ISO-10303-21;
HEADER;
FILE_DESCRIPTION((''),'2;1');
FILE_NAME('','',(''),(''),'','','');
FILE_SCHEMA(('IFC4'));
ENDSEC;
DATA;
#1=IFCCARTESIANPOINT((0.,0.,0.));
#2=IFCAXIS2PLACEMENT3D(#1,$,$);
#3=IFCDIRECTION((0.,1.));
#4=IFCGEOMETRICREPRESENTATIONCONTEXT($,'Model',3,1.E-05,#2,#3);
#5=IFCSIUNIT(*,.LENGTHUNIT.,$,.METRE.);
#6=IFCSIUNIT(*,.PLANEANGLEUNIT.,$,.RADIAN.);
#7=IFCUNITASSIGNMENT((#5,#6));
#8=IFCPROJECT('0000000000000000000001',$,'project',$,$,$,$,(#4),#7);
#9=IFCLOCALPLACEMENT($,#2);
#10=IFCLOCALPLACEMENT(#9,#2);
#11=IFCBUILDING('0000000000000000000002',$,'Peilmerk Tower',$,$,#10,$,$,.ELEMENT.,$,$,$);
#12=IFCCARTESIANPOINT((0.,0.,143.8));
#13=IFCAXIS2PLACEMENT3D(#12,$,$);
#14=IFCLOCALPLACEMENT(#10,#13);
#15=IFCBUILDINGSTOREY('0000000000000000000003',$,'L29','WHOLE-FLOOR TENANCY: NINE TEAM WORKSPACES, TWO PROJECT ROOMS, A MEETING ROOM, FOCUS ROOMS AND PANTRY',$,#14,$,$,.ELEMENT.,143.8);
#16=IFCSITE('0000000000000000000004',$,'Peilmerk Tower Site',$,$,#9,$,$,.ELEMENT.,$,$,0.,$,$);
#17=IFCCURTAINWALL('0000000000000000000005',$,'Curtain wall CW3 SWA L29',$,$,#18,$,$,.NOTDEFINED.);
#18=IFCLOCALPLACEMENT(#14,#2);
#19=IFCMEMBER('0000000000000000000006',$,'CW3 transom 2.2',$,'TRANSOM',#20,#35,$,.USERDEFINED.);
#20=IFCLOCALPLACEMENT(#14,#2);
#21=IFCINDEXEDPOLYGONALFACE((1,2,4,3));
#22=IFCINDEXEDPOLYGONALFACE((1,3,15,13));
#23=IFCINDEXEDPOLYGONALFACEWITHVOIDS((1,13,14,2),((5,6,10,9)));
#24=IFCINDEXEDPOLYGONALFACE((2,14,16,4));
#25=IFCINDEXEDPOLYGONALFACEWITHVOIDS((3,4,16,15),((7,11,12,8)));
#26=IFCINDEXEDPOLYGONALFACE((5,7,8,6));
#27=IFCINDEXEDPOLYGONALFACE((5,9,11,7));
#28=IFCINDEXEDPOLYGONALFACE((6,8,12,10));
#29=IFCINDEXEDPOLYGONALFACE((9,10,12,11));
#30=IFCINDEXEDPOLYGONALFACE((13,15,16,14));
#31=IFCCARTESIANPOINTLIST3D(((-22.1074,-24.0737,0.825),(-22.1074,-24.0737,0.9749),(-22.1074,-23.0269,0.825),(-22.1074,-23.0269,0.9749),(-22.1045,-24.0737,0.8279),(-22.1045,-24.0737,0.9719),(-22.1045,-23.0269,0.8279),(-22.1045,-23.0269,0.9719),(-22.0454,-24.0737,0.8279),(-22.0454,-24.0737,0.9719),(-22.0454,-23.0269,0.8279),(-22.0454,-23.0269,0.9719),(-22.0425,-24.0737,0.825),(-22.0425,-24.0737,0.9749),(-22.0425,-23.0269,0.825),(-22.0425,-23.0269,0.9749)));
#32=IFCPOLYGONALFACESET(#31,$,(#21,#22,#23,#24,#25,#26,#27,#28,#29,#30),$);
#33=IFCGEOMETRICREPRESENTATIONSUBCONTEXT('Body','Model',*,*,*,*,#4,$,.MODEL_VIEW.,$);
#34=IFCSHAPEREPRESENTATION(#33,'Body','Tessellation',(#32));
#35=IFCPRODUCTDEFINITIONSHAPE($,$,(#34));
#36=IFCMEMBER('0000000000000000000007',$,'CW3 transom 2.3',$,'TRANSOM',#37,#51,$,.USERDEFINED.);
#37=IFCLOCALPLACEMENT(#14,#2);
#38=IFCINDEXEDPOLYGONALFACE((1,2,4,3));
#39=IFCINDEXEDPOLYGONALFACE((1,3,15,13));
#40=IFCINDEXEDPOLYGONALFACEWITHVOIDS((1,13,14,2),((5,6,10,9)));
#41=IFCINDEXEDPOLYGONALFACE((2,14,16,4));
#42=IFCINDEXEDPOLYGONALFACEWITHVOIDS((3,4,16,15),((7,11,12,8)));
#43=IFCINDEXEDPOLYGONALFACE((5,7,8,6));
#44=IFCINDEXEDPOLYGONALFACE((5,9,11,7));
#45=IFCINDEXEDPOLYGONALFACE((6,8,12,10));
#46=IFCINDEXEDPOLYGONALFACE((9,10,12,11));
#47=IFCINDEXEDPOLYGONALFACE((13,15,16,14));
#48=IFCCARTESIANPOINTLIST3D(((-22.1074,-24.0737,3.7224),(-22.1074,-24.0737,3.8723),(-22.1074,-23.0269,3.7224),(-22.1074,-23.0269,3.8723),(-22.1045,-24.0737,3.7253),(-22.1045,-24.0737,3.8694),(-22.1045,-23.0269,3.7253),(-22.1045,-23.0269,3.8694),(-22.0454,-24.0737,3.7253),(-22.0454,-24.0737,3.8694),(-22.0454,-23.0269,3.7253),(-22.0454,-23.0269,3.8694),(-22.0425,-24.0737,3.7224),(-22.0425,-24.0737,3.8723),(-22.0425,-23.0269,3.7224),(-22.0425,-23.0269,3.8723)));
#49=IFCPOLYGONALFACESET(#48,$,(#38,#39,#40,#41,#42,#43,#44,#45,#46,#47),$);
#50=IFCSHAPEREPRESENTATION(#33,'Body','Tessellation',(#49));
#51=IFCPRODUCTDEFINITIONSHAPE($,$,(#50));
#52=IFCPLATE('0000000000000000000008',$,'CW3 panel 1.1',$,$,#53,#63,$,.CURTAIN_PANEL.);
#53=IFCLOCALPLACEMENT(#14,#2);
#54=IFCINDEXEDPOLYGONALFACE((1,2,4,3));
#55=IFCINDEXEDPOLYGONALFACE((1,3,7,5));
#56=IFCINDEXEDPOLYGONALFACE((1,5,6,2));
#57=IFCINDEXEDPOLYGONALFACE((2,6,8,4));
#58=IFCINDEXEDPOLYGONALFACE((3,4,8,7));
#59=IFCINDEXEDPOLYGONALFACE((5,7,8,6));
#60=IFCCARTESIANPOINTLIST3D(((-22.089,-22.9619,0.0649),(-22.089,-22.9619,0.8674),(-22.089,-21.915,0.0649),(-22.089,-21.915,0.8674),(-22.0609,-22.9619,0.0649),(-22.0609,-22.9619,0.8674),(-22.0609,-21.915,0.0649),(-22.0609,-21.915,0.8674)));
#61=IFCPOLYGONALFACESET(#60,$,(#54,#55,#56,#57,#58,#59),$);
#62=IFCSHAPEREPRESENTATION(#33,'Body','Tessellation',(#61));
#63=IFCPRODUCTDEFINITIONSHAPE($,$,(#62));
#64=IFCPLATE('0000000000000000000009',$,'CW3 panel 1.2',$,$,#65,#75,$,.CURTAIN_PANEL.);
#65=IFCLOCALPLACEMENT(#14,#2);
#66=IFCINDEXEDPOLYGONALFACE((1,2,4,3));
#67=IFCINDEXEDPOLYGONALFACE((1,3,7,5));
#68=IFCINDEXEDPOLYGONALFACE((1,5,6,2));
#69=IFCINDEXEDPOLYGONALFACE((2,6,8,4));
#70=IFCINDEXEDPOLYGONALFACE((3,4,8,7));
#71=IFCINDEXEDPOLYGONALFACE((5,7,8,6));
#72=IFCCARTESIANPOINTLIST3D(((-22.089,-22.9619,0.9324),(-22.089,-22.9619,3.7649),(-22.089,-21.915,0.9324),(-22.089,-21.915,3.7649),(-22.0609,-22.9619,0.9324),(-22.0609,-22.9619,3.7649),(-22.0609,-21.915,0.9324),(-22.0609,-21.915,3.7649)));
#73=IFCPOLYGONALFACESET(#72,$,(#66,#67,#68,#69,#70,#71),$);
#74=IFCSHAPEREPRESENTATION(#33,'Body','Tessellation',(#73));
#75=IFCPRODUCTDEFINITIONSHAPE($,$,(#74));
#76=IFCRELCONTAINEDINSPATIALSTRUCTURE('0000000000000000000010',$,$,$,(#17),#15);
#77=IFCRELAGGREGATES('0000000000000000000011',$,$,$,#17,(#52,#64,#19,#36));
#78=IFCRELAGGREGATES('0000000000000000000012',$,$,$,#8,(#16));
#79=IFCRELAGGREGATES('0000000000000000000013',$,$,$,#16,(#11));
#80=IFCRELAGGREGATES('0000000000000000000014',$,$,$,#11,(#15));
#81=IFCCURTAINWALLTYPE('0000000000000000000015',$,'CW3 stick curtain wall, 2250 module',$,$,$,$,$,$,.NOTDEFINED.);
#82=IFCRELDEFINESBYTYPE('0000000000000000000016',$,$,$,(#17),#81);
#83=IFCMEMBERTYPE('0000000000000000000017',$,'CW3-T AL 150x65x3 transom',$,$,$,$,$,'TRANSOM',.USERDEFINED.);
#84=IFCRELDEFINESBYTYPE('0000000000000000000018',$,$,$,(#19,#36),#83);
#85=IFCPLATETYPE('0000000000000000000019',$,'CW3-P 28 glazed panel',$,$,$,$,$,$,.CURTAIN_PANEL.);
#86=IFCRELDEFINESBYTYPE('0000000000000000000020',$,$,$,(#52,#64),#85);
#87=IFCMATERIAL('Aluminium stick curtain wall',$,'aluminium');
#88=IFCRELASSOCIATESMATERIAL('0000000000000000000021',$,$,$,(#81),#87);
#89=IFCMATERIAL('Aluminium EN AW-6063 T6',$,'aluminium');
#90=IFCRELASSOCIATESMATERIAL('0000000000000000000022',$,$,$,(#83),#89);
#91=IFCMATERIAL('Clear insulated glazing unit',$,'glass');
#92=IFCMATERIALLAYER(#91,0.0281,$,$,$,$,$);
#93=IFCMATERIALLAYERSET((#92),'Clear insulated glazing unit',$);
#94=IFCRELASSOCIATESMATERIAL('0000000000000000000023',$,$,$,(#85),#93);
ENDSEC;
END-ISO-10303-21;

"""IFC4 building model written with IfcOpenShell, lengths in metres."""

from ifc_helpers import new_model, si_unit, direction, frame, origin, origin_2d, place, context, subcontext, project, spatial, rectangle, hollow_rectangle, extrude, material, layer, layer_set, material_profile, profile_set, type_object, element, aggregate, save


model = new_model("IFC4")

# Units and contexts
model_context = context("Model", 3, precision=1e-05, world=origin(), true_north=direction((0.0, 1.0)))
body_context = subcontext(model_context, "Body", "Model", "MODEL_VIEW")
ifc_project = project(units=[si_unit("LENGTHUNIT", "METRE"), si_unit("PLANEANGLEUNIT", "RADIAN")], contexts=[model_context])

# Site, building, storey
site_placement = place(None, origin())
site = spatial("IfcSite", under=ifc_project, at=site_placement, Name="Peilmerk Tower Site", CompositionType="ELEMENT", RefElevation=0.0)
building_placement = place(site_placement, origin())
building = spatial("IfcBuilding", under=site, at=building_placement, Name="Peilmerk Tower", CompositionType="ELEMENT")
storey_placement = place(building_placement, frame((0.0, 0.0, 143.8)))
storey = spatial("IfcBuildingStorey", under=building, at=storey_placement, Name="L29", Description="WHOLE-FLOOR TENANCY: NINE TEAM WORKSPACES, TWO PROJECT ROOMS, A MEETING ROOM, FOCUS ROOMS AND PANTRY", CompositionType="ELEMENT", Elevation=143.8)

# Curtain wall, members, plates
ifc_material_1 = material(Name="Aluminium stick curtain wall", Category="aluminium")
curtain_wall_type = type_object("IfcCurtainWallType", Name="CW3 stick curtain wall, 2250 module", PredefinedType="NOTDEFINED", material=ifc_material_1)
curtain_wall_placement = place(storey_placement, origin())
curtain_wall = element("IfcCurtainWall", 1, at=curtain_wall_placement, inside=storey, type_object=curtain_wall_type, Name="Curtain wall CW3 SWA L29", PredefinedType="NOTDEFINED")
ifc_material_2 = material(Name="Aluminium EN AW-6063 T6", Category="aluminium")
ifc_material_profile_1 = material_profile(ifc_material_2, hollow_rectangle(XDim=0.0649, YDim=0.1499, WallThickness=0.0029, at=origin_2d()), Name="AL 150x65x3")
ifc_profile_set_1 = profile_set([ifc_material_profile_1], Name="Aluminium EN AW-6063 T6")
member_type_1 = type_object("IfcMemberType", Name="CW3-T AL 150x65x3 transom", ElementType="TRANSOM", PredefinedType="USERDEFINED", material=ifc_profile_set_1)
member_1_placement = place(storey_placement, frame((-22.075, -23.0269, 0.8999), z_axis=(0.0, -1.0, 0.0), x_axis=(1.0, 0.0, 0.0)))
member_1 = element("IfcMember", 2, at=member_1_placement, type_object=member_type_1, Name="CW3 transom 2.2", ObjectType="TRANSOM", PredefinedType="USERDEFINED", context=body_context, shape_type="SweptSolid", body=[
    extrude(hollow_rectangle(XDim=0.0649, YDim=0.1499, WallThickness=0.0029, at=origin_2d()), origin(), (0.0, 0.0, 1.0), 1.0469),
])
member_2_placement = place(storey_placement, frame((-22.075, -23.0269, 3.7974), z_axis=(0.0, -1.0, 0.0), x_axis=(1.0, 0.0, 0.0)))
member_2 = element("IfcMember", 3, at=member_2_placement, type_object=member_type_1, Name="CW3 transom 2.3", ObjectType="TRANSOM", PredefinedType="USERDEFINED", context=body_context, shape_type="SweptSolid", body=[
    extrude(hollow_rectangle(XDim=0.0649, YDim=0.1499, WallThickness=0.0029, at=origin_2d()), origin(), (0.0, 0.0, 1.0), 1.0469),
])
ifc_material_3 = material(Name="Clear insulated glazing unit", Category="glass")
ifc_layer = layer(ifc_material_3, 0.0281)
ifc_layer_set = layer_set([ifc_layer], Name="Clear insulated glazing unit")
plate_type = type_object("IfcPlateType", Name="CW3-P 28 glazed panel", PredefinedType="CURTAIN_PANEL", material=ifc_layer_set)
plate_1_placement = place(storey_placement, frame((-22.075, -22.4385, 0.0649), z_axis=(0.0, 0.0, 1.0), x_axis=(0.0, -1.0, 0.0)))
plate_1 = element("IfcPlate", 4, at=plate_1_placement, type_object=plate_type, Name="CW3 panel 1.1", PredefinedType="CURTAIN_PANEL", context=body_context, shape_type="SweptSolid", body=[
    extrude(rectangle(XDim=1.0469, YDim=0.0281, at=origin_2d()), origin(), (0.0, 0.0, 1.0), 0.8025),
])
plate_2_placement = place(storey_placement, frame((-22.075, -22.4385, 0.9324), z_axis=(0.0, 0.0, 1.0), x_axis=(0.0, -1.0, 0.0)))
plate_2 = element("IfcPlate", 5, at=plate_2_placement, type_object=plate_type, Name="CW3 panel 1.2", PredefinedType="CURTAIN_PANEL", context=body_context, shape_type="SweptSolid", body=[
    extrude(rectangle(XDim=1.0469, YDim=0.0281, at=origin_2d()), origin(), (0.0, 0.0, 1.0), 2.8325),
])
aggregate(curtain_wall, [plate_1, plate_2, member_1, member_2])

save(model, "model.ifc")
